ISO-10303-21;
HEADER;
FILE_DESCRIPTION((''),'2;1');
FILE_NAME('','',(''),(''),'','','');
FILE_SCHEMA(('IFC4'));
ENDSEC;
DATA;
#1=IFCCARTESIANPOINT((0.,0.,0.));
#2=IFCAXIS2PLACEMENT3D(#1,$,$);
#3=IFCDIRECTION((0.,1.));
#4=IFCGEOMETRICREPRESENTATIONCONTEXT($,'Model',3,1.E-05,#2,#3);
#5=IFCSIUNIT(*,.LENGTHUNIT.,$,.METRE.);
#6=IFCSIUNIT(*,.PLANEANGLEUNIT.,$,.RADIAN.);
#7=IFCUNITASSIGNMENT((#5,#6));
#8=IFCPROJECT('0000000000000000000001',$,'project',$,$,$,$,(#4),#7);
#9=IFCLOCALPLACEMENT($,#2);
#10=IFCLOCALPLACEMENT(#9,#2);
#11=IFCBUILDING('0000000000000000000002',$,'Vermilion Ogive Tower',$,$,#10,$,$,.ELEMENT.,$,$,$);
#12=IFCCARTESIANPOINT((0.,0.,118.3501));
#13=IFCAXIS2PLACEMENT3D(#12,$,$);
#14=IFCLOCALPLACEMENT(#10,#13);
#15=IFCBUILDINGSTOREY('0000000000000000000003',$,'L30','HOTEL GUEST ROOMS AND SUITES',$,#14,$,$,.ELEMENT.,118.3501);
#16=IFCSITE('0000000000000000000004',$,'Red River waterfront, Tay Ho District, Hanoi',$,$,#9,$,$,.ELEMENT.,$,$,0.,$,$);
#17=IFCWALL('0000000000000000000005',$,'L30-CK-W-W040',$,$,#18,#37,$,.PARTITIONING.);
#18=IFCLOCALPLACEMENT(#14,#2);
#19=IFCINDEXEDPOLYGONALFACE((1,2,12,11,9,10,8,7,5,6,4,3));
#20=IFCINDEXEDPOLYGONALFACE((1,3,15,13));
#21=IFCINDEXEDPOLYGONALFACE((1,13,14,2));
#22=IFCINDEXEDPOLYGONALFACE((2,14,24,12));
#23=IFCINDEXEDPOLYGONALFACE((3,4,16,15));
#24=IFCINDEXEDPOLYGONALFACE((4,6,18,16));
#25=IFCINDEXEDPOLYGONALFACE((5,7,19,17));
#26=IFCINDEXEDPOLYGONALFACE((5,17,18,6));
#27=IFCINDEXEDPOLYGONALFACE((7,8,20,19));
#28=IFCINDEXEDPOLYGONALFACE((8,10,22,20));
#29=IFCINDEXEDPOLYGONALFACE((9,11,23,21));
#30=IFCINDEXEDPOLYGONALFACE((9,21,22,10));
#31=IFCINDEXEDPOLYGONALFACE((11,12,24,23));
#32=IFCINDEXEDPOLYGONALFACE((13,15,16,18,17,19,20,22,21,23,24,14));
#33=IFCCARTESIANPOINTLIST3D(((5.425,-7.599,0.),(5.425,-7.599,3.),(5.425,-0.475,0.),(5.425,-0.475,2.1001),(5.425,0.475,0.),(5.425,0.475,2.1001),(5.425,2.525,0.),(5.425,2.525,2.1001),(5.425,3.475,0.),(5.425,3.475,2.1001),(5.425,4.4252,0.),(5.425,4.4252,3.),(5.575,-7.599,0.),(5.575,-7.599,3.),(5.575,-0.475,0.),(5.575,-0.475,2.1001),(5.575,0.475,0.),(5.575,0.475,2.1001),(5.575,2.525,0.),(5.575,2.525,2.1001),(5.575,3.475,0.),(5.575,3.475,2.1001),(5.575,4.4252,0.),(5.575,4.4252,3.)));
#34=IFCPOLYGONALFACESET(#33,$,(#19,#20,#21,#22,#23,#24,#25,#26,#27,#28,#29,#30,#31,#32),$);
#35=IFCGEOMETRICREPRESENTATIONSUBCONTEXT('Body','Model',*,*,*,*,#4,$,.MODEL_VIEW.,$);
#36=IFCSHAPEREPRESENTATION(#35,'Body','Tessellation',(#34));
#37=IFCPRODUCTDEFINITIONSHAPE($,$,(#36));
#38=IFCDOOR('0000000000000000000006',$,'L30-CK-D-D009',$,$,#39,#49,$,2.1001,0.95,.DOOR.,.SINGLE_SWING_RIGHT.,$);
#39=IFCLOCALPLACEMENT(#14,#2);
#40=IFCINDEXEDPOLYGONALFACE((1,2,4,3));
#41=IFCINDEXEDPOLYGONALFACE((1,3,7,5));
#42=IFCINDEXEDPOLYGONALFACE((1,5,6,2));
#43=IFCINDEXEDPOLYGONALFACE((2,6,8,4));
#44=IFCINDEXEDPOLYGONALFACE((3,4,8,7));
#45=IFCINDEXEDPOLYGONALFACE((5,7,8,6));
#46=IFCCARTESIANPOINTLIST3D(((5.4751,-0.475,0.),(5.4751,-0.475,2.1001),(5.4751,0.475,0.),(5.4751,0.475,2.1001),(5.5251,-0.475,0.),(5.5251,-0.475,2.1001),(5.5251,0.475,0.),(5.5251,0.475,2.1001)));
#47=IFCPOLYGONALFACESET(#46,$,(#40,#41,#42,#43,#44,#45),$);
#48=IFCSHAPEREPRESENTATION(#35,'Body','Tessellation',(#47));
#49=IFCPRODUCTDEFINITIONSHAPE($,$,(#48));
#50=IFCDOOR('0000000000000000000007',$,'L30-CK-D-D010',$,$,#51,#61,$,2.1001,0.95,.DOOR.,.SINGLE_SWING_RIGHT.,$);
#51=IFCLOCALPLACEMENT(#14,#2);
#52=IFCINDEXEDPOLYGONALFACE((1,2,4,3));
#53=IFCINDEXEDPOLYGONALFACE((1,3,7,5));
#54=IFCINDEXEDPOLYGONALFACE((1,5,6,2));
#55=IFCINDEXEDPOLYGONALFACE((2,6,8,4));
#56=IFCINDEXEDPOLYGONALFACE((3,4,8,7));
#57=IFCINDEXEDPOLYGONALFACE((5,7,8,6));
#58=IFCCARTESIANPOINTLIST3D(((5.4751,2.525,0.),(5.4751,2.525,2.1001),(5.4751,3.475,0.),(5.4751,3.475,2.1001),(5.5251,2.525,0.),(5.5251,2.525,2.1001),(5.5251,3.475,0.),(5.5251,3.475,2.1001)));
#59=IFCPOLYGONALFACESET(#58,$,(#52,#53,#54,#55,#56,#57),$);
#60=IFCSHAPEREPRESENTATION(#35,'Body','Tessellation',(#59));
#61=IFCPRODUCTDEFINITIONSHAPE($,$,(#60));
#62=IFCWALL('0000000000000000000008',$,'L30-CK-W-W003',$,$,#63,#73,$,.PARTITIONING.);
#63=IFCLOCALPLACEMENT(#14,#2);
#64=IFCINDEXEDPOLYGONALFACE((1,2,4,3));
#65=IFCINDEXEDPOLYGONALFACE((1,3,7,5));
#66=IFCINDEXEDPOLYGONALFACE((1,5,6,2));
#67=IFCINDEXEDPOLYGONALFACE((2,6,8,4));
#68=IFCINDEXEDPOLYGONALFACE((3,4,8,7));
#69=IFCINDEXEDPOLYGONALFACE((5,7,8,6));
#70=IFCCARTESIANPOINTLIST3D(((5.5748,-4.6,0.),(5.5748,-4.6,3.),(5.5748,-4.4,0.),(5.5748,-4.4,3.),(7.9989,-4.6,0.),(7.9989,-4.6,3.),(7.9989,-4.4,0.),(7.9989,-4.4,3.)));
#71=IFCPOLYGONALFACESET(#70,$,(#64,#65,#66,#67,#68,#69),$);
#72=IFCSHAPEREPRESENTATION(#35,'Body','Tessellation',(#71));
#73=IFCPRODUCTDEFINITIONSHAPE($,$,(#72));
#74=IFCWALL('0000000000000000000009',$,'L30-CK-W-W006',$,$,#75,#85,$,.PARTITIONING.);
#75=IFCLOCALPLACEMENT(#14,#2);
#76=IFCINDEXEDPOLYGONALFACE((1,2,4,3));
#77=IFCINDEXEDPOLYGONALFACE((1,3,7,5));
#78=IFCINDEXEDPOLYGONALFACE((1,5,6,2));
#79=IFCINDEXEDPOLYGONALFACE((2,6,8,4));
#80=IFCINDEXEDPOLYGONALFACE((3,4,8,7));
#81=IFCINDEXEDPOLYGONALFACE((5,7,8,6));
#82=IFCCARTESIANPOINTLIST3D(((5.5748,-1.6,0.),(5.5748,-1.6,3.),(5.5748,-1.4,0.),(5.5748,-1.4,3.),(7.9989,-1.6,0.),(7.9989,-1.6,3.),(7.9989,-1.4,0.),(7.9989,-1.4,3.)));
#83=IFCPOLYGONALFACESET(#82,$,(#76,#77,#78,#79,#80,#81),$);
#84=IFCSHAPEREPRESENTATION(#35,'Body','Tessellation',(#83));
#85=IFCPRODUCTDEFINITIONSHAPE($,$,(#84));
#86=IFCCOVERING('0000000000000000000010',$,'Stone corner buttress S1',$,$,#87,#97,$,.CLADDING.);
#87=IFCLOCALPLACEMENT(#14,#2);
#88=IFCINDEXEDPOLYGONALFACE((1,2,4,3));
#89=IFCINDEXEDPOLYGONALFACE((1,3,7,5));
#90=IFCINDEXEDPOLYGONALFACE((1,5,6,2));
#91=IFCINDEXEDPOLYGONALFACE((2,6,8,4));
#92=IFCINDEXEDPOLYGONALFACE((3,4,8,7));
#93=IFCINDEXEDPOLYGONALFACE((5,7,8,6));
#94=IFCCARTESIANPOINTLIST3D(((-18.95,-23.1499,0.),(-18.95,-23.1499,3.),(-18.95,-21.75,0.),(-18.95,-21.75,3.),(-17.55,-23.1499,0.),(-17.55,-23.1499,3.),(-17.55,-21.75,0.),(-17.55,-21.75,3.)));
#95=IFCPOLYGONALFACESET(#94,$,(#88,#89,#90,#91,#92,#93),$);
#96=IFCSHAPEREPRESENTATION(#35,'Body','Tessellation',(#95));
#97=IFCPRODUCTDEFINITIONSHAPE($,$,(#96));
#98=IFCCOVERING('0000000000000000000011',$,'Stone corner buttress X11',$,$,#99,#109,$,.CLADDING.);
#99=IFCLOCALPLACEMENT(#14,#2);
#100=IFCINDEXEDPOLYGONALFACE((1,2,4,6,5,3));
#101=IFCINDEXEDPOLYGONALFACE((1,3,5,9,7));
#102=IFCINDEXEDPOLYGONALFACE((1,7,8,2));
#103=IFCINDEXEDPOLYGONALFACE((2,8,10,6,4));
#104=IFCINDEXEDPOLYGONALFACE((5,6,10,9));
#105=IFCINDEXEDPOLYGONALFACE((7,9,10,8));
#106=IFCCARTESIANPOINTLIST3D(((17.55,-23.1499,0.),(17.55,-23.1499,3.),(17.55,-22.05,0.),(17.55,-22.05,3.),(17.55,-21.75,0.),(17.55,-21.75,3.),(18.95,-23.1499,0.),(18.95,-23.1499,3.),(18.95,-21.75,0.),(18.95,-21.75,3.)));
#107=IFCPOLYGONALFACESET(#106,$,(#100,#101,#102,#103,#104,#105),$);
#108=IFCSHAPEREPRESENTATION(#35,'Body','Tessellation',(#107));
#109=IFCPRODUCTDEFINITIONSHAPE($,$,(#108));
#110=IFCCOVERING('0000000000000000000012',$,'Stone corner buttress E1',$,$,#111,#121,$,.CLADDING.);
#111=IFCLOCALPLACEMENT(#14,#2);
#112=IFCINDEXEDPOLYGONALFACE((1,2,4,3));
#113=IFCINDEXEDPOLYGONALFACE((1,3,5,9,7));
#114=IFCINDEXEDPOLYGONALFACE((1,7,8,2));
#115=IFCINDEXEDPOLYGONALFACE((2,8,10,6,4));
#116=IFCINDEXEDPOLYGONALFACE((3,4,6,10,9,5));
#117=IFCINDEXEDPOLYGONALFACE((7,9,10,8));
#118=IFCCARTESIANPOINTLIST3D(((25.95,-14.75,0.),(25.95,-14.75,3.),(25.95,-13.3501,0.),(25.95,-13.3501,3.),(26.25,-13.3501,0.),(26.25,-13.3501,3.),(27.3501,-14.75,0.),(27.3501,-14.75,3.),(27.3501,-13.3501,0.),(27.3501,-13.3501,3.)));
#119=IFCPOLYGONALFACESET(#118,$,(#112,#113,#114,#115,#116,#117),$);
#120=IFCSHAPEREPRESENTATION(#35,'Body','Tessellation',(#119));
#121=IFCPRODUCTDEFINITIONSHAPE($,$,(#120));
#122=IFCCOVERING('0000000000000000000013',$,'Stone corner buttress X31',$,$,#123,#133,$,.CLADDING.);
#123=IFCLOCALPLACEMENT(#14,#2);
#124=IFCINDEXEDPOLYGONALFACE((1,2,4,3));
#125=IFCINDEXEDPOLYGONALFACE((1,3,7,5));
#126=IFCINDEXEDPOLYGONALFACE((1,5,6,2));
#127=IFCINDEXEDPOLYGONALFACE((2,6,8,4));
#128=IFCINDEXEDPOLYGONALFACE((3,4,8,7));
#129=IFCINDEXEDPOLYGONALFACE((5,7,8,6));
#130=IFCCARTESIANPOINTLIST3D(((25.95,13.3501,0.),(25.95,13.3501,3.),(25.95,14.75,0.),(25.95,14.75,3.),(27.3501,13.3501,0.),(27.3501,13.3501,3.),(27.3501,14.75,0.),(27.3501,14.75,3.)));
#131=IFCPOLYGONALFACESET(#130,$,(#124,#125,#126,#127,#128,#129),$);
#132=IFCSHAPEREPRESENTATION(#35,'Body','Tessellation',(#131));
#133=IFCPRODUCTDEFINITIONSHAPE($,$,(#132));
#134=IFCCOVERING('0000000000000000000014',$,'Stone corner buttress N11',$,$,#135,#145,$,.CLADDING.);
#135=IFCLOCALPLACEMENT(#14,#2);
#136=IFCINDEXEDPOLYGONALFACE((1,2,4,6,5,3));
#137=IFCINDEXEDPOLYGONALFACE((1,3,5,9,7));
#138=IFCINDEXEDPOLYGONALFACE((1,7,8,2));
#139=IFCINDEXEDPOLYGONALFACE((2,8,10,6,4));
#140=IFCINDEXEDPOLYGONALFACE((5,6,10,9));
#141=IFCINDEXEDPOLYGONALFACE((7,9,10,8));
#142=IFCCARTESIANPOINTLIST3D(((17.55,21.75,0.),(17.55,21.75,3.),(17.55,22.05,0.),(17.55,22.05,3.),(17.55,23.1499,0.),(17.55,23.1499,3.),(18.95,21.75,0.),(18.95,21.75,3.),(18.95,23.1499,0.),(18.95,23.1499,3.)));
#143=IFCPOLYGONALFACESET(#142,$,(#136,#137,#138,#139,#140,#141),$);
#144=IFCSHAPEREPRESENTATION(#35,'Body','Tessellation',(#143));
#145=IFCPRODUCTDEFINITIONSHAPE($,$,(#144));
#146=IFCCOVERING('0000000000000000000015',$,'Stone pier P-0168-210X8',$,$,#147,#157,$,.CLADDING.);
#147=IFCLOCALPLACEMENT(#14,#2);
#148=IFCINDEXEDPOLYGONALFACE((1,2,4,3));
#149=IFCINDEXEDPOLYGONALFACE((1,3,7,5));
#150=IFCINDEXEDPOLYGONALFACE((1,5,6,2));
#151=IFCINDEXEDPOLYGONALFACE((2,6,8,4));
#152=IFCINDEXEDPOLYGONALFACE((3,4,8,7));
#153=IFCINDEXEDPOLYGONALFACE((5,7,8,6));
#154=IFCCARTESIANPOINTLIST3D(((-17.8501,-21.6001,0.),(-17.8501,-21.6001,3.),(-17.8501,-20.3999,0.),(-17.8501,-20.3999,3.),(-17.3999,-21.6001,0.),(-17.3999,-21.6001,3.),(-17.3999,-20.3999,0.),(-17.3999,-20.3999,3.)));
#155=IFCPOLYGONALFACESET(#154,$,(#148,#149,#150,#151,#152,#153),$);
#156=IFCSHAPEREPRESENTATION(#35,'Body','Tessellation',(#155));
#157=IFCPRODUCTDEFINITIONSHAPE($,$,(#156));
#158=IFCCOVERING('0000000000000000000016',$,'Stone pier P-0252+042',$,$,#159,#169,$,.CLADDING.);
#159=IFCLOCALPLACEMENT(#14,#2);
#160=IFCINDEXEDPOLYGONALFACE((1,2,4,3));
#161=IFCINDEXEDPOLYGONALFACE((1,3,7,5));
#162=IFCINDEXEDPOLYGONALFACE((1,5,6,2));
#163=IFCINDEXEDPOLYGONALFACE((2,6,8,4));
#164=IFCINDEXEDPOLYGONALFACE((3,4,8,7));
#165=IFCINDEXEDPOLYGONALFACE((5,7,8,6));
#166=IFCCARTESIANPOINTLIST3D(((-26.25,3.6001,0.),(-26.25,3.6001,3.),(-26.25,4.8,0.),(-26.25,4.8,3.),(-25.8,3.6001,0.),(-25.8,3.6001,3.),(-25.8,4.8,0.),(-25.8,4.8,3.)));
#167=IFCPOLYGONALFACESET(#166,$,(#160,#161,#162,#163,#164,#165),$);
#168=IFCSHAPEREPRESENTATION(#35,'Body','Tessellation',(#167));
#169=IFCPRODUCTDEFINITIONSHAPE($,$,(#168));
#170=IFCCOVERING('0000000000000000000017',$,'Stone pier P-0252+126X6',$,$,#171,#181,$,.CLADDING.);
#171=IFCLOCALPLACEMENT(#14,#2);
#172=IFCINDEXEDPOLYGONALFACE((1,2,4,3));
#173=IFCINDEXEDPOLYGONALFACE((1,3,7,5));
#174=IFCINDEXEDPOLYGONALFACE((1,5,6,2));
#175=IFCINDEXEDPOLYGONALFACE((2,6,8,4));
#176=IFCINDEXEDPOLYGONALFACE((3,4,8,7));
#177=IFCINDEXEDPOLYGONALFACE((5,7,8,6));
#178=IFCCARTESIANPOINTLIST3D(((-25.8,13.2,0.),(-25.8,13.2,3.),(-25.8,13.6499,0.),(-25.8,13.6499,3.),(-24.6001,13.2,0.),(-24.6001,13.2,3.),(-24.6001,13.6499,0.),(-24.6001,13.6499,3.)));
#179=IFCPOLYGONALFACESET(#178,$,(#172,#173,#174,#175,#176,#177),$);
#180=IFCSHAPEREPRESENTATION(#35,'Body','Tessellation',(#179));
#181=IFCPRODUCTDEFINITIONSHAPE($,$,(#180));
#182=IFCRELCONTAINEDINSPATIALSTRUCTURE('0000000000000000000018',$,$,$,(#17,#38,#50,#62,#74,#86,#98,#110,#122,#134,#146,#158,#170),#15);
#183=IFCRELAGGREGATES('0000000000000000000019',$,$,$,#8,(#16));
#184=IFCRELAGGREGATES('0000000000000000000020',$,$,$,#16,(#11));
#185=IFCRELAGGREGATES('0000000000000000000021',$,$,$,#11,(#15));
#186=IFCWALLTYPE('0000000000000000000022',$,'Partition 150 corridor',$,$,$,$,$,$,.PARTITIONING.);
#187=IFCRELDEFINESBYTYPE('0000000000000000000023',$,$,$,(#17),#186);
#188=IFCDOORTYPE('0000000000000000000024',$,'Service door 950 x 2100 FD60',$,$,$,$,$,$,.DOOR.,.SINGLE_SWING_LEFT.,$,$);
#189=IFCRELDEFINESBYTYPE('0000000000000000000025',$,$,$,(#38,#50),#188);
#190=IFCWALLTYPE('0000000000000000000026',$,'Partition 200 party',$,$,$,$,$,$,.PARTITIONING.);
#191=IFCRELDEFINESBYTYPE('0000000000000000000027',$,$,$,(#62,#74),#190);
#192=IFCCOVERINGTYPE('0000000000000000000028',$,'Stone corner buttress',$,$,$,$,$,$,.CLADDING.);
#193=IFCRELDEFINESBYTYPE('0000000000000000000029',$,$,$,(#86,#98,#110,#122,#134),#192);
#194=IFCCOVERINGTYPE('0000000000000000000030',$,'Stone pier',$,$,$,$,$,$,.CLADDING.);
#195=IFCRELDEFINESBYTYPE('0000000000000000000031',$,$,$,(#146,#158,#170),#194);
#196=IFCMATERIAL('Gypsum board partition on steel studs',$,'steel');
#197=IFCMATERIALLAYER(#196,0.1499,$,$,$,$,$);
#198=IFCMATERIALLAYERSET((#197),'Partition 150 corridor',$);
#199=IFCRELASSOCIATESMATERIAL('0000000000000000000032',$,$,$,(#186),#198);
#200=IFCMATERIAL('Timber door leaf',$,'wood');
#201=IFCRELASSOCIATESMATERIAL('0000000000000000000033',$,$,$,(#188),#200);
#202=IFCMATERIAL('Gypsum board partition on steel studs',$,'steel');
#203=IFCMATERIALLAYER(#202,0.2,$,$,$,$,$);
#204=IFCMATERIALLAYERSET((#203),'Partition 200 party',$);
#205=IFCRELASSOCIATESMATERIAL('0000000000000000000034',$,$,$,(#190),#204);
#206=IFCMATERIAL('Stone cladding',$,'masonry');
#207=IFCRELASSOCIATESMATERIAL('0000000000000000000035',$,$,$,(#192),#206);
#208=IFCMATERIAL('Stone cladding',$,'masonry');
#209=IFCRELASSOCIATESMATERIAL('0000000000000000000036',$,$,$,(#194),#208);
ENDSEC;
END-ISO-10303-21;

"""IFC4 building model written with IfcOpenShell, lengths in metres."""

from ifc_helpers import new_model, si_unit, direction, frame, frame_2d, origin, place, context, subcontext, project, spatial, polyline, rectangle, outline, extrude, material, layer, layer_set, type_object, element, fill, save


model = new_model("IFC4")

# Units and contexts
model_context = context("Model", 3, precision=1e-05, world=origin(), true_north=direction((0.0, 1.0)))
body_context = subcontext(model_context, "Body", "Model", "MODEL_VIEW")
ifc_project = project(units=[si_unit("LENGTHUNIT", "METRE"), si_unit("PLANEANGLEUNIT", "RADIAN")], contexts=[model_context])

# Site, building, storey
site_placement = place(None, origin())
site = spatial("IfcSite", under=ifc_project, at=site_placement, Name="Red River waterfront, Tay Ho District, Hanoi", CompositionType="ELEMENT", RefElevation=0.0)
building_placement = place(site_placement, origin())
building = spatial("IfcBuilding", under=site, at=building_placement, Name="Vermilion Ogive Tower", CompositionType="ELEMENT")
storey_placement = place(building_placement, frame((0.0, 0.0, 118.3501)))
storey = spatial("IfcBuildingStorey", under=building, at=storey_placement, Name="L30", Description="HOTEL GUEST ROOMS AND SUITES", CompositionType="ELEMENT", Elevation=118.3501)

# Wall, openings, doors
ifc_material_1 = material(Name="Gypsum board partition on steel studs", Category="steel")
ifc_layer_1 = layer(ifc_material_1, 0.1499)
ifc_layer_set_1 = layer_set([ifc_layer_1], Name="Partition 150 corridor")
wall_type_1 = type_object("IfcWallType", Name="Partition 150 corridor", PredefinedType="PARTITIONING", material=ifc_layer_set_1)
wall_placement = place(storey_placement, frame((5.5, -7.5991, 0.0), z_axis=(0.0, 0.0, 1.0), x_axis=(0.0, 1.0, 0.0)))
wall = element("IfcWall", 1, at=wall_placement, inside=storey, type_object=wall_type_1, Name="L30-CK-W-W040", PredefinedType="PARTITIONING", context=body_context, shape_type="SweptSolid", body=[
    extrude(rectangle(XDim=12.0242, YDim=0.1499, at=frame_2d((6.0122, 0.0))), origin(), (0.0, 0.0, 1.0), 3.0),
])
opening_1_placement = place(wall_placement, frame((7.124, 0.0, 0.0)))
opening_1 = element("IfcOpeningElement", 2, at=opening_1_placement, cuts=wall, PredefinedType="OPENING", context=body_context, shape_type="SweptSolid", body=[
    extrude(rectangle(XDim=0.95, YDim=2.1001, at=frame_2d((0.4751, 1.05))), frame((0.0, 0.085, 0.0), z_axis=(0.0, -1.0, 0.0), x_axis=(1.0, 0.0, 0.0)), (0.0, 0.0, 1.0), 0.1699),
])
opening_2_placement = place(wall_placement, frame((10.124, 0.0, 0.0)))
opening_2 = element("IfcOpeningElement", 3, at=opening_2_placement, cuts=wall, PredefinedType="OPENING", context=body_context, shape_type="SweptSolid", body=[
    extrude(rectangle(XDim=0.95, YDim=2.1001, at=frame_2d((0.4751, 1.05))), frame((0.0, 0.085, 0.0), z_axis=(0.0, -1.0, 0.0), x_axis=(1.0, 0.0, 0.0)), (0.0, 0.0, 1.0), 0.1699),
])
ifc_material_2 = material(Name="Timber door leaf", Category="wood")
door_type = type_object("IfcDoorType", Name="Service door 950 x 2100 FD60", OperationType="SINGLE_SWING_LEFT", PredefinedType="DOOR", material=ifc_material_2)
door_1_placement = place(opening_1_placement, origin())
door_1 = element("IfcDoor", 4, at=door_1_placement, inside=storey, type_object=door_type, Name="L30-CK-D-D009", OperationType="SINGLE_SWING_RIGHT", OverallHeight=2.1001, OverallWidth=0.95, PredefinedType="DOOR", context=body_context, shape_type="SweptSolid", body=[
    extrude(rectangle(XDim=0.95, YDim=2.1001, at=frame_2d((0.4751, 1.05))), frame((0.0, 0.0249, 0.0), z_axis=(0.0, -1.0, 0.0), x_axis=(1.0, 0.0, 0.0)), (0.0, 0.0, 1.0), 0.05),
])
fill(opening_1, door_1)
door_2_placement = place(opening_2_placement, origin())
door_2 = element("IfcDoor", 5, at=door_2_placement, inside=storey, type_object=door_type, Name="L30-CK-D-D010", OperationType="SINGLE_SWING_RIGHT", OverallHeight=2.1001, OverallWidth=0.95, PredefinedType="DOOR", context=body_context, shape_type="SweptSolid", body=[
    extrude(rectangle(XDim=0.95, YDim=2.1001, at=frame_2d((0.4751, 1.05))), frame((0.0, 0.0249, 0.0), z_axis=(0.0, -1.0, 0.0), x_axis=(1.0, 0.0, 0.0)), (0.0, 0.0, 1.0), 0.05),
])
fill(opening_2, door_2)

# Walls
ifc_material_3 = material(Name="Gypsum board partition on steel studs", Category="steel")
ifc_layer_2 = layer(ifc_material_3, 0.2)
ifc_layer_set_2 = layer_set([ifc_layer_2], Name="Partition 200 party")
wall_type_2 = type_object("IfcWallType", Name="Partition 200 party", PredefinedType="PARTITIONING", material=ifc_layer_set_2)
for number, where, z_axis, x_axis, name in (
    (6, (5.575, -4.5, 0.0), (0.0, 0.0, 1.0), (1.0, 0.0, 0.0), "L30-CK-W-W003"),
    (7, (5.575, -1.5, 0.0), (0.0, 0.0, 1.0), (1.0, 0.0, 0.0), "L30-CK-W-W006"),
):
    element("IfcWall", number, at=place(storey_placement, frame(where, z_axis=z_axis, x_axis=x_axis)), inside=storey, type_object=wall_type_2, Name=name, PredefinedType="PARTITIONING", context=body_context, shape_type="SweptSolid", body=[
        extrude(rectangle(XDim=2.4241, YDim=0.2, at=frame_2d((1.2119, 0.0))), origin(), (0.0, 0.0, 1.0), 3.0),
    ])

# Coverings
ifc_material_4 = material(Name="Stone cladding", Category="masonry")
covering_type_1 = type_object("IfcCoveringType", Name="Stone corner buttress", PredefinedType="CLADDING", material=ifc_material_4)
covering_1_placement = place(storey_placement, origin())
element("IfcCovering", 8, at=covering_1_placement, inside=storey, type_object=covering_type_1, Name="Stone corner buttress S1", PredefinedType="CLADDING", context=body_context, shape_type="SweptSolid", body=[
    extrude(outline(polyline([(-18.95, -23.1499), (-18.95, -21.75), (-17.55, -21.75), (-17.55, -23.1499), (-18.95, -23.1499)])), origin(), (0.0, 0.0, 1.0), 3.0),
])
covering_2_placement = place(storey_placement, origin())
element("IfcCovering", 9, at=covering_2_placement, inside=storey, type_object=covering_type_1, Name="Stone corner buttress X11", PredefinedType="CLADDING", context=body_context, shape_type="SweptSolid", body=[
    extrude(outline(polyline([(18.95, -21.75), (18.95, -23.1499), (17.55, -23.1499), (17.55, -22.05), (17.55, -21.75), (18.95, -21.75)])), origin(), (0.0, 0.0, 1.0), 3.0),
])
covering_3_placement = place(storey_placement, origin())
element("IfcCovering", 10, at=covering_3_placement, inside=storey, type_object=covering_type_1, Name="Stone corner buttress E1", PredefinedType="CLADDING", context=body_context, shape_type="SweptSolid", body=[
    extrude(outline(polyline([(25.95, -14.75), (25.95, -13.3501), (26.25, -13.3501), (27.3501, -13.3501), (27.3501, -14.75), (25.95, -14.75)])), origin(), (0.0, 0.0, 1.0), 3.0),
])
covering_4_placement = place(storey_placement, origin())
element("IfcCovering", 11, at=covering_4_placement, inside=storey, type_object=covering_type_1, Name="Stone corner buttress X31", PredefinedType="CLADDING", context=body_context, shape_type="SweptSolid", body=[
    extrude(outline(polyline([(27.3501, 14.75), (27.3501, 13.3501), (25.95, 13.3501), (25.95, 14.75), (27.3501, 14.75)])), origin(), (0.0, 0.0, 1.0), 3.0),
])
covering_5_placement = place(storey_placement, origin())
element("IfcCovering", 12, at=covering_5_placement, inside=storey, type_object=covering_type_1, Name="Stone corner buttress N11", PredefinedType="CLADDING", context=body_context, shape_type="SweptSolid", body=[
    extrude(outline(polyline([(18.95, 21.75), (17.55, 21.75), (17.55, 22.05), (17.55, 23.1499), (18.95, 23.1499), (18.95, 21.75)])), origin(), (0.0, 0.0, 1.0), 3.0),
])
ifc_material_5 = material(Name="Stone cladding", Category="masonry")
covering_type_2 = type_object("IfcCoveringType", Name="Stone pier", PredefinedType="CLADDING", material=ifc_material_5)
covering_6_placement = place(storey_placement, origin())
element("IfcCovering", 13, at=covering_6_placement, inside=storey, type_object=covering_type_2, Name="Stone pier P-0168-210X8", PredefinedType="CLADDING", context=body_context, shape_type="SweptSolid", body=[
    extrude(outline(polyline([(-17.8501, -20.3999), (-17.3999, -20.3999), (-17.3999, -21.6001), (-17.8501, -21.6001), (-17.8501, -20.3999)])), origin(), (0.0, 0.0, 1.0), 3.0),
])
covering_7_placement = place(storey_placement, origin())
element("IfcCovering", 14, at=covering_7_placement, inside=storey, type_object=covering_type_2, Name="Stone pier P-0252+042", PredefinedType="CLADDING", context=body_context, shape_type="SweptSolid", body=[
    extrude(outline(polyline([(-25.8, 3.6001), (-26.25, 3.6001), (-26.25, 4.8), (-25.8, 4.8), (-25.8, 4.8), (-25.8, 3.6001)])), origin(), (0.0, 0.0, 1.0), 3.0),
])
covering_8_placement = place(storey_placement, origin())
element("IfcCovering", 15, at=covering_8_placement, inside=storey, type_object=covering_type_2, Name="Stone pier P-0252+126X6", PredefinedType="CLADDING", context=body_context, shape_type="SweptSolid", body=[
    extrude(outline(polyline([(-25.8, 13.2), (-25.8, 13.6499), (-24.6001, 13.6499), (-24.6001, 13.2), (-24.6001, 13.2), (-25.8, 13.2)])), origin(), (0.0, 0.0, 1.0), 3.0),
])

save(model, "model.ifc")
